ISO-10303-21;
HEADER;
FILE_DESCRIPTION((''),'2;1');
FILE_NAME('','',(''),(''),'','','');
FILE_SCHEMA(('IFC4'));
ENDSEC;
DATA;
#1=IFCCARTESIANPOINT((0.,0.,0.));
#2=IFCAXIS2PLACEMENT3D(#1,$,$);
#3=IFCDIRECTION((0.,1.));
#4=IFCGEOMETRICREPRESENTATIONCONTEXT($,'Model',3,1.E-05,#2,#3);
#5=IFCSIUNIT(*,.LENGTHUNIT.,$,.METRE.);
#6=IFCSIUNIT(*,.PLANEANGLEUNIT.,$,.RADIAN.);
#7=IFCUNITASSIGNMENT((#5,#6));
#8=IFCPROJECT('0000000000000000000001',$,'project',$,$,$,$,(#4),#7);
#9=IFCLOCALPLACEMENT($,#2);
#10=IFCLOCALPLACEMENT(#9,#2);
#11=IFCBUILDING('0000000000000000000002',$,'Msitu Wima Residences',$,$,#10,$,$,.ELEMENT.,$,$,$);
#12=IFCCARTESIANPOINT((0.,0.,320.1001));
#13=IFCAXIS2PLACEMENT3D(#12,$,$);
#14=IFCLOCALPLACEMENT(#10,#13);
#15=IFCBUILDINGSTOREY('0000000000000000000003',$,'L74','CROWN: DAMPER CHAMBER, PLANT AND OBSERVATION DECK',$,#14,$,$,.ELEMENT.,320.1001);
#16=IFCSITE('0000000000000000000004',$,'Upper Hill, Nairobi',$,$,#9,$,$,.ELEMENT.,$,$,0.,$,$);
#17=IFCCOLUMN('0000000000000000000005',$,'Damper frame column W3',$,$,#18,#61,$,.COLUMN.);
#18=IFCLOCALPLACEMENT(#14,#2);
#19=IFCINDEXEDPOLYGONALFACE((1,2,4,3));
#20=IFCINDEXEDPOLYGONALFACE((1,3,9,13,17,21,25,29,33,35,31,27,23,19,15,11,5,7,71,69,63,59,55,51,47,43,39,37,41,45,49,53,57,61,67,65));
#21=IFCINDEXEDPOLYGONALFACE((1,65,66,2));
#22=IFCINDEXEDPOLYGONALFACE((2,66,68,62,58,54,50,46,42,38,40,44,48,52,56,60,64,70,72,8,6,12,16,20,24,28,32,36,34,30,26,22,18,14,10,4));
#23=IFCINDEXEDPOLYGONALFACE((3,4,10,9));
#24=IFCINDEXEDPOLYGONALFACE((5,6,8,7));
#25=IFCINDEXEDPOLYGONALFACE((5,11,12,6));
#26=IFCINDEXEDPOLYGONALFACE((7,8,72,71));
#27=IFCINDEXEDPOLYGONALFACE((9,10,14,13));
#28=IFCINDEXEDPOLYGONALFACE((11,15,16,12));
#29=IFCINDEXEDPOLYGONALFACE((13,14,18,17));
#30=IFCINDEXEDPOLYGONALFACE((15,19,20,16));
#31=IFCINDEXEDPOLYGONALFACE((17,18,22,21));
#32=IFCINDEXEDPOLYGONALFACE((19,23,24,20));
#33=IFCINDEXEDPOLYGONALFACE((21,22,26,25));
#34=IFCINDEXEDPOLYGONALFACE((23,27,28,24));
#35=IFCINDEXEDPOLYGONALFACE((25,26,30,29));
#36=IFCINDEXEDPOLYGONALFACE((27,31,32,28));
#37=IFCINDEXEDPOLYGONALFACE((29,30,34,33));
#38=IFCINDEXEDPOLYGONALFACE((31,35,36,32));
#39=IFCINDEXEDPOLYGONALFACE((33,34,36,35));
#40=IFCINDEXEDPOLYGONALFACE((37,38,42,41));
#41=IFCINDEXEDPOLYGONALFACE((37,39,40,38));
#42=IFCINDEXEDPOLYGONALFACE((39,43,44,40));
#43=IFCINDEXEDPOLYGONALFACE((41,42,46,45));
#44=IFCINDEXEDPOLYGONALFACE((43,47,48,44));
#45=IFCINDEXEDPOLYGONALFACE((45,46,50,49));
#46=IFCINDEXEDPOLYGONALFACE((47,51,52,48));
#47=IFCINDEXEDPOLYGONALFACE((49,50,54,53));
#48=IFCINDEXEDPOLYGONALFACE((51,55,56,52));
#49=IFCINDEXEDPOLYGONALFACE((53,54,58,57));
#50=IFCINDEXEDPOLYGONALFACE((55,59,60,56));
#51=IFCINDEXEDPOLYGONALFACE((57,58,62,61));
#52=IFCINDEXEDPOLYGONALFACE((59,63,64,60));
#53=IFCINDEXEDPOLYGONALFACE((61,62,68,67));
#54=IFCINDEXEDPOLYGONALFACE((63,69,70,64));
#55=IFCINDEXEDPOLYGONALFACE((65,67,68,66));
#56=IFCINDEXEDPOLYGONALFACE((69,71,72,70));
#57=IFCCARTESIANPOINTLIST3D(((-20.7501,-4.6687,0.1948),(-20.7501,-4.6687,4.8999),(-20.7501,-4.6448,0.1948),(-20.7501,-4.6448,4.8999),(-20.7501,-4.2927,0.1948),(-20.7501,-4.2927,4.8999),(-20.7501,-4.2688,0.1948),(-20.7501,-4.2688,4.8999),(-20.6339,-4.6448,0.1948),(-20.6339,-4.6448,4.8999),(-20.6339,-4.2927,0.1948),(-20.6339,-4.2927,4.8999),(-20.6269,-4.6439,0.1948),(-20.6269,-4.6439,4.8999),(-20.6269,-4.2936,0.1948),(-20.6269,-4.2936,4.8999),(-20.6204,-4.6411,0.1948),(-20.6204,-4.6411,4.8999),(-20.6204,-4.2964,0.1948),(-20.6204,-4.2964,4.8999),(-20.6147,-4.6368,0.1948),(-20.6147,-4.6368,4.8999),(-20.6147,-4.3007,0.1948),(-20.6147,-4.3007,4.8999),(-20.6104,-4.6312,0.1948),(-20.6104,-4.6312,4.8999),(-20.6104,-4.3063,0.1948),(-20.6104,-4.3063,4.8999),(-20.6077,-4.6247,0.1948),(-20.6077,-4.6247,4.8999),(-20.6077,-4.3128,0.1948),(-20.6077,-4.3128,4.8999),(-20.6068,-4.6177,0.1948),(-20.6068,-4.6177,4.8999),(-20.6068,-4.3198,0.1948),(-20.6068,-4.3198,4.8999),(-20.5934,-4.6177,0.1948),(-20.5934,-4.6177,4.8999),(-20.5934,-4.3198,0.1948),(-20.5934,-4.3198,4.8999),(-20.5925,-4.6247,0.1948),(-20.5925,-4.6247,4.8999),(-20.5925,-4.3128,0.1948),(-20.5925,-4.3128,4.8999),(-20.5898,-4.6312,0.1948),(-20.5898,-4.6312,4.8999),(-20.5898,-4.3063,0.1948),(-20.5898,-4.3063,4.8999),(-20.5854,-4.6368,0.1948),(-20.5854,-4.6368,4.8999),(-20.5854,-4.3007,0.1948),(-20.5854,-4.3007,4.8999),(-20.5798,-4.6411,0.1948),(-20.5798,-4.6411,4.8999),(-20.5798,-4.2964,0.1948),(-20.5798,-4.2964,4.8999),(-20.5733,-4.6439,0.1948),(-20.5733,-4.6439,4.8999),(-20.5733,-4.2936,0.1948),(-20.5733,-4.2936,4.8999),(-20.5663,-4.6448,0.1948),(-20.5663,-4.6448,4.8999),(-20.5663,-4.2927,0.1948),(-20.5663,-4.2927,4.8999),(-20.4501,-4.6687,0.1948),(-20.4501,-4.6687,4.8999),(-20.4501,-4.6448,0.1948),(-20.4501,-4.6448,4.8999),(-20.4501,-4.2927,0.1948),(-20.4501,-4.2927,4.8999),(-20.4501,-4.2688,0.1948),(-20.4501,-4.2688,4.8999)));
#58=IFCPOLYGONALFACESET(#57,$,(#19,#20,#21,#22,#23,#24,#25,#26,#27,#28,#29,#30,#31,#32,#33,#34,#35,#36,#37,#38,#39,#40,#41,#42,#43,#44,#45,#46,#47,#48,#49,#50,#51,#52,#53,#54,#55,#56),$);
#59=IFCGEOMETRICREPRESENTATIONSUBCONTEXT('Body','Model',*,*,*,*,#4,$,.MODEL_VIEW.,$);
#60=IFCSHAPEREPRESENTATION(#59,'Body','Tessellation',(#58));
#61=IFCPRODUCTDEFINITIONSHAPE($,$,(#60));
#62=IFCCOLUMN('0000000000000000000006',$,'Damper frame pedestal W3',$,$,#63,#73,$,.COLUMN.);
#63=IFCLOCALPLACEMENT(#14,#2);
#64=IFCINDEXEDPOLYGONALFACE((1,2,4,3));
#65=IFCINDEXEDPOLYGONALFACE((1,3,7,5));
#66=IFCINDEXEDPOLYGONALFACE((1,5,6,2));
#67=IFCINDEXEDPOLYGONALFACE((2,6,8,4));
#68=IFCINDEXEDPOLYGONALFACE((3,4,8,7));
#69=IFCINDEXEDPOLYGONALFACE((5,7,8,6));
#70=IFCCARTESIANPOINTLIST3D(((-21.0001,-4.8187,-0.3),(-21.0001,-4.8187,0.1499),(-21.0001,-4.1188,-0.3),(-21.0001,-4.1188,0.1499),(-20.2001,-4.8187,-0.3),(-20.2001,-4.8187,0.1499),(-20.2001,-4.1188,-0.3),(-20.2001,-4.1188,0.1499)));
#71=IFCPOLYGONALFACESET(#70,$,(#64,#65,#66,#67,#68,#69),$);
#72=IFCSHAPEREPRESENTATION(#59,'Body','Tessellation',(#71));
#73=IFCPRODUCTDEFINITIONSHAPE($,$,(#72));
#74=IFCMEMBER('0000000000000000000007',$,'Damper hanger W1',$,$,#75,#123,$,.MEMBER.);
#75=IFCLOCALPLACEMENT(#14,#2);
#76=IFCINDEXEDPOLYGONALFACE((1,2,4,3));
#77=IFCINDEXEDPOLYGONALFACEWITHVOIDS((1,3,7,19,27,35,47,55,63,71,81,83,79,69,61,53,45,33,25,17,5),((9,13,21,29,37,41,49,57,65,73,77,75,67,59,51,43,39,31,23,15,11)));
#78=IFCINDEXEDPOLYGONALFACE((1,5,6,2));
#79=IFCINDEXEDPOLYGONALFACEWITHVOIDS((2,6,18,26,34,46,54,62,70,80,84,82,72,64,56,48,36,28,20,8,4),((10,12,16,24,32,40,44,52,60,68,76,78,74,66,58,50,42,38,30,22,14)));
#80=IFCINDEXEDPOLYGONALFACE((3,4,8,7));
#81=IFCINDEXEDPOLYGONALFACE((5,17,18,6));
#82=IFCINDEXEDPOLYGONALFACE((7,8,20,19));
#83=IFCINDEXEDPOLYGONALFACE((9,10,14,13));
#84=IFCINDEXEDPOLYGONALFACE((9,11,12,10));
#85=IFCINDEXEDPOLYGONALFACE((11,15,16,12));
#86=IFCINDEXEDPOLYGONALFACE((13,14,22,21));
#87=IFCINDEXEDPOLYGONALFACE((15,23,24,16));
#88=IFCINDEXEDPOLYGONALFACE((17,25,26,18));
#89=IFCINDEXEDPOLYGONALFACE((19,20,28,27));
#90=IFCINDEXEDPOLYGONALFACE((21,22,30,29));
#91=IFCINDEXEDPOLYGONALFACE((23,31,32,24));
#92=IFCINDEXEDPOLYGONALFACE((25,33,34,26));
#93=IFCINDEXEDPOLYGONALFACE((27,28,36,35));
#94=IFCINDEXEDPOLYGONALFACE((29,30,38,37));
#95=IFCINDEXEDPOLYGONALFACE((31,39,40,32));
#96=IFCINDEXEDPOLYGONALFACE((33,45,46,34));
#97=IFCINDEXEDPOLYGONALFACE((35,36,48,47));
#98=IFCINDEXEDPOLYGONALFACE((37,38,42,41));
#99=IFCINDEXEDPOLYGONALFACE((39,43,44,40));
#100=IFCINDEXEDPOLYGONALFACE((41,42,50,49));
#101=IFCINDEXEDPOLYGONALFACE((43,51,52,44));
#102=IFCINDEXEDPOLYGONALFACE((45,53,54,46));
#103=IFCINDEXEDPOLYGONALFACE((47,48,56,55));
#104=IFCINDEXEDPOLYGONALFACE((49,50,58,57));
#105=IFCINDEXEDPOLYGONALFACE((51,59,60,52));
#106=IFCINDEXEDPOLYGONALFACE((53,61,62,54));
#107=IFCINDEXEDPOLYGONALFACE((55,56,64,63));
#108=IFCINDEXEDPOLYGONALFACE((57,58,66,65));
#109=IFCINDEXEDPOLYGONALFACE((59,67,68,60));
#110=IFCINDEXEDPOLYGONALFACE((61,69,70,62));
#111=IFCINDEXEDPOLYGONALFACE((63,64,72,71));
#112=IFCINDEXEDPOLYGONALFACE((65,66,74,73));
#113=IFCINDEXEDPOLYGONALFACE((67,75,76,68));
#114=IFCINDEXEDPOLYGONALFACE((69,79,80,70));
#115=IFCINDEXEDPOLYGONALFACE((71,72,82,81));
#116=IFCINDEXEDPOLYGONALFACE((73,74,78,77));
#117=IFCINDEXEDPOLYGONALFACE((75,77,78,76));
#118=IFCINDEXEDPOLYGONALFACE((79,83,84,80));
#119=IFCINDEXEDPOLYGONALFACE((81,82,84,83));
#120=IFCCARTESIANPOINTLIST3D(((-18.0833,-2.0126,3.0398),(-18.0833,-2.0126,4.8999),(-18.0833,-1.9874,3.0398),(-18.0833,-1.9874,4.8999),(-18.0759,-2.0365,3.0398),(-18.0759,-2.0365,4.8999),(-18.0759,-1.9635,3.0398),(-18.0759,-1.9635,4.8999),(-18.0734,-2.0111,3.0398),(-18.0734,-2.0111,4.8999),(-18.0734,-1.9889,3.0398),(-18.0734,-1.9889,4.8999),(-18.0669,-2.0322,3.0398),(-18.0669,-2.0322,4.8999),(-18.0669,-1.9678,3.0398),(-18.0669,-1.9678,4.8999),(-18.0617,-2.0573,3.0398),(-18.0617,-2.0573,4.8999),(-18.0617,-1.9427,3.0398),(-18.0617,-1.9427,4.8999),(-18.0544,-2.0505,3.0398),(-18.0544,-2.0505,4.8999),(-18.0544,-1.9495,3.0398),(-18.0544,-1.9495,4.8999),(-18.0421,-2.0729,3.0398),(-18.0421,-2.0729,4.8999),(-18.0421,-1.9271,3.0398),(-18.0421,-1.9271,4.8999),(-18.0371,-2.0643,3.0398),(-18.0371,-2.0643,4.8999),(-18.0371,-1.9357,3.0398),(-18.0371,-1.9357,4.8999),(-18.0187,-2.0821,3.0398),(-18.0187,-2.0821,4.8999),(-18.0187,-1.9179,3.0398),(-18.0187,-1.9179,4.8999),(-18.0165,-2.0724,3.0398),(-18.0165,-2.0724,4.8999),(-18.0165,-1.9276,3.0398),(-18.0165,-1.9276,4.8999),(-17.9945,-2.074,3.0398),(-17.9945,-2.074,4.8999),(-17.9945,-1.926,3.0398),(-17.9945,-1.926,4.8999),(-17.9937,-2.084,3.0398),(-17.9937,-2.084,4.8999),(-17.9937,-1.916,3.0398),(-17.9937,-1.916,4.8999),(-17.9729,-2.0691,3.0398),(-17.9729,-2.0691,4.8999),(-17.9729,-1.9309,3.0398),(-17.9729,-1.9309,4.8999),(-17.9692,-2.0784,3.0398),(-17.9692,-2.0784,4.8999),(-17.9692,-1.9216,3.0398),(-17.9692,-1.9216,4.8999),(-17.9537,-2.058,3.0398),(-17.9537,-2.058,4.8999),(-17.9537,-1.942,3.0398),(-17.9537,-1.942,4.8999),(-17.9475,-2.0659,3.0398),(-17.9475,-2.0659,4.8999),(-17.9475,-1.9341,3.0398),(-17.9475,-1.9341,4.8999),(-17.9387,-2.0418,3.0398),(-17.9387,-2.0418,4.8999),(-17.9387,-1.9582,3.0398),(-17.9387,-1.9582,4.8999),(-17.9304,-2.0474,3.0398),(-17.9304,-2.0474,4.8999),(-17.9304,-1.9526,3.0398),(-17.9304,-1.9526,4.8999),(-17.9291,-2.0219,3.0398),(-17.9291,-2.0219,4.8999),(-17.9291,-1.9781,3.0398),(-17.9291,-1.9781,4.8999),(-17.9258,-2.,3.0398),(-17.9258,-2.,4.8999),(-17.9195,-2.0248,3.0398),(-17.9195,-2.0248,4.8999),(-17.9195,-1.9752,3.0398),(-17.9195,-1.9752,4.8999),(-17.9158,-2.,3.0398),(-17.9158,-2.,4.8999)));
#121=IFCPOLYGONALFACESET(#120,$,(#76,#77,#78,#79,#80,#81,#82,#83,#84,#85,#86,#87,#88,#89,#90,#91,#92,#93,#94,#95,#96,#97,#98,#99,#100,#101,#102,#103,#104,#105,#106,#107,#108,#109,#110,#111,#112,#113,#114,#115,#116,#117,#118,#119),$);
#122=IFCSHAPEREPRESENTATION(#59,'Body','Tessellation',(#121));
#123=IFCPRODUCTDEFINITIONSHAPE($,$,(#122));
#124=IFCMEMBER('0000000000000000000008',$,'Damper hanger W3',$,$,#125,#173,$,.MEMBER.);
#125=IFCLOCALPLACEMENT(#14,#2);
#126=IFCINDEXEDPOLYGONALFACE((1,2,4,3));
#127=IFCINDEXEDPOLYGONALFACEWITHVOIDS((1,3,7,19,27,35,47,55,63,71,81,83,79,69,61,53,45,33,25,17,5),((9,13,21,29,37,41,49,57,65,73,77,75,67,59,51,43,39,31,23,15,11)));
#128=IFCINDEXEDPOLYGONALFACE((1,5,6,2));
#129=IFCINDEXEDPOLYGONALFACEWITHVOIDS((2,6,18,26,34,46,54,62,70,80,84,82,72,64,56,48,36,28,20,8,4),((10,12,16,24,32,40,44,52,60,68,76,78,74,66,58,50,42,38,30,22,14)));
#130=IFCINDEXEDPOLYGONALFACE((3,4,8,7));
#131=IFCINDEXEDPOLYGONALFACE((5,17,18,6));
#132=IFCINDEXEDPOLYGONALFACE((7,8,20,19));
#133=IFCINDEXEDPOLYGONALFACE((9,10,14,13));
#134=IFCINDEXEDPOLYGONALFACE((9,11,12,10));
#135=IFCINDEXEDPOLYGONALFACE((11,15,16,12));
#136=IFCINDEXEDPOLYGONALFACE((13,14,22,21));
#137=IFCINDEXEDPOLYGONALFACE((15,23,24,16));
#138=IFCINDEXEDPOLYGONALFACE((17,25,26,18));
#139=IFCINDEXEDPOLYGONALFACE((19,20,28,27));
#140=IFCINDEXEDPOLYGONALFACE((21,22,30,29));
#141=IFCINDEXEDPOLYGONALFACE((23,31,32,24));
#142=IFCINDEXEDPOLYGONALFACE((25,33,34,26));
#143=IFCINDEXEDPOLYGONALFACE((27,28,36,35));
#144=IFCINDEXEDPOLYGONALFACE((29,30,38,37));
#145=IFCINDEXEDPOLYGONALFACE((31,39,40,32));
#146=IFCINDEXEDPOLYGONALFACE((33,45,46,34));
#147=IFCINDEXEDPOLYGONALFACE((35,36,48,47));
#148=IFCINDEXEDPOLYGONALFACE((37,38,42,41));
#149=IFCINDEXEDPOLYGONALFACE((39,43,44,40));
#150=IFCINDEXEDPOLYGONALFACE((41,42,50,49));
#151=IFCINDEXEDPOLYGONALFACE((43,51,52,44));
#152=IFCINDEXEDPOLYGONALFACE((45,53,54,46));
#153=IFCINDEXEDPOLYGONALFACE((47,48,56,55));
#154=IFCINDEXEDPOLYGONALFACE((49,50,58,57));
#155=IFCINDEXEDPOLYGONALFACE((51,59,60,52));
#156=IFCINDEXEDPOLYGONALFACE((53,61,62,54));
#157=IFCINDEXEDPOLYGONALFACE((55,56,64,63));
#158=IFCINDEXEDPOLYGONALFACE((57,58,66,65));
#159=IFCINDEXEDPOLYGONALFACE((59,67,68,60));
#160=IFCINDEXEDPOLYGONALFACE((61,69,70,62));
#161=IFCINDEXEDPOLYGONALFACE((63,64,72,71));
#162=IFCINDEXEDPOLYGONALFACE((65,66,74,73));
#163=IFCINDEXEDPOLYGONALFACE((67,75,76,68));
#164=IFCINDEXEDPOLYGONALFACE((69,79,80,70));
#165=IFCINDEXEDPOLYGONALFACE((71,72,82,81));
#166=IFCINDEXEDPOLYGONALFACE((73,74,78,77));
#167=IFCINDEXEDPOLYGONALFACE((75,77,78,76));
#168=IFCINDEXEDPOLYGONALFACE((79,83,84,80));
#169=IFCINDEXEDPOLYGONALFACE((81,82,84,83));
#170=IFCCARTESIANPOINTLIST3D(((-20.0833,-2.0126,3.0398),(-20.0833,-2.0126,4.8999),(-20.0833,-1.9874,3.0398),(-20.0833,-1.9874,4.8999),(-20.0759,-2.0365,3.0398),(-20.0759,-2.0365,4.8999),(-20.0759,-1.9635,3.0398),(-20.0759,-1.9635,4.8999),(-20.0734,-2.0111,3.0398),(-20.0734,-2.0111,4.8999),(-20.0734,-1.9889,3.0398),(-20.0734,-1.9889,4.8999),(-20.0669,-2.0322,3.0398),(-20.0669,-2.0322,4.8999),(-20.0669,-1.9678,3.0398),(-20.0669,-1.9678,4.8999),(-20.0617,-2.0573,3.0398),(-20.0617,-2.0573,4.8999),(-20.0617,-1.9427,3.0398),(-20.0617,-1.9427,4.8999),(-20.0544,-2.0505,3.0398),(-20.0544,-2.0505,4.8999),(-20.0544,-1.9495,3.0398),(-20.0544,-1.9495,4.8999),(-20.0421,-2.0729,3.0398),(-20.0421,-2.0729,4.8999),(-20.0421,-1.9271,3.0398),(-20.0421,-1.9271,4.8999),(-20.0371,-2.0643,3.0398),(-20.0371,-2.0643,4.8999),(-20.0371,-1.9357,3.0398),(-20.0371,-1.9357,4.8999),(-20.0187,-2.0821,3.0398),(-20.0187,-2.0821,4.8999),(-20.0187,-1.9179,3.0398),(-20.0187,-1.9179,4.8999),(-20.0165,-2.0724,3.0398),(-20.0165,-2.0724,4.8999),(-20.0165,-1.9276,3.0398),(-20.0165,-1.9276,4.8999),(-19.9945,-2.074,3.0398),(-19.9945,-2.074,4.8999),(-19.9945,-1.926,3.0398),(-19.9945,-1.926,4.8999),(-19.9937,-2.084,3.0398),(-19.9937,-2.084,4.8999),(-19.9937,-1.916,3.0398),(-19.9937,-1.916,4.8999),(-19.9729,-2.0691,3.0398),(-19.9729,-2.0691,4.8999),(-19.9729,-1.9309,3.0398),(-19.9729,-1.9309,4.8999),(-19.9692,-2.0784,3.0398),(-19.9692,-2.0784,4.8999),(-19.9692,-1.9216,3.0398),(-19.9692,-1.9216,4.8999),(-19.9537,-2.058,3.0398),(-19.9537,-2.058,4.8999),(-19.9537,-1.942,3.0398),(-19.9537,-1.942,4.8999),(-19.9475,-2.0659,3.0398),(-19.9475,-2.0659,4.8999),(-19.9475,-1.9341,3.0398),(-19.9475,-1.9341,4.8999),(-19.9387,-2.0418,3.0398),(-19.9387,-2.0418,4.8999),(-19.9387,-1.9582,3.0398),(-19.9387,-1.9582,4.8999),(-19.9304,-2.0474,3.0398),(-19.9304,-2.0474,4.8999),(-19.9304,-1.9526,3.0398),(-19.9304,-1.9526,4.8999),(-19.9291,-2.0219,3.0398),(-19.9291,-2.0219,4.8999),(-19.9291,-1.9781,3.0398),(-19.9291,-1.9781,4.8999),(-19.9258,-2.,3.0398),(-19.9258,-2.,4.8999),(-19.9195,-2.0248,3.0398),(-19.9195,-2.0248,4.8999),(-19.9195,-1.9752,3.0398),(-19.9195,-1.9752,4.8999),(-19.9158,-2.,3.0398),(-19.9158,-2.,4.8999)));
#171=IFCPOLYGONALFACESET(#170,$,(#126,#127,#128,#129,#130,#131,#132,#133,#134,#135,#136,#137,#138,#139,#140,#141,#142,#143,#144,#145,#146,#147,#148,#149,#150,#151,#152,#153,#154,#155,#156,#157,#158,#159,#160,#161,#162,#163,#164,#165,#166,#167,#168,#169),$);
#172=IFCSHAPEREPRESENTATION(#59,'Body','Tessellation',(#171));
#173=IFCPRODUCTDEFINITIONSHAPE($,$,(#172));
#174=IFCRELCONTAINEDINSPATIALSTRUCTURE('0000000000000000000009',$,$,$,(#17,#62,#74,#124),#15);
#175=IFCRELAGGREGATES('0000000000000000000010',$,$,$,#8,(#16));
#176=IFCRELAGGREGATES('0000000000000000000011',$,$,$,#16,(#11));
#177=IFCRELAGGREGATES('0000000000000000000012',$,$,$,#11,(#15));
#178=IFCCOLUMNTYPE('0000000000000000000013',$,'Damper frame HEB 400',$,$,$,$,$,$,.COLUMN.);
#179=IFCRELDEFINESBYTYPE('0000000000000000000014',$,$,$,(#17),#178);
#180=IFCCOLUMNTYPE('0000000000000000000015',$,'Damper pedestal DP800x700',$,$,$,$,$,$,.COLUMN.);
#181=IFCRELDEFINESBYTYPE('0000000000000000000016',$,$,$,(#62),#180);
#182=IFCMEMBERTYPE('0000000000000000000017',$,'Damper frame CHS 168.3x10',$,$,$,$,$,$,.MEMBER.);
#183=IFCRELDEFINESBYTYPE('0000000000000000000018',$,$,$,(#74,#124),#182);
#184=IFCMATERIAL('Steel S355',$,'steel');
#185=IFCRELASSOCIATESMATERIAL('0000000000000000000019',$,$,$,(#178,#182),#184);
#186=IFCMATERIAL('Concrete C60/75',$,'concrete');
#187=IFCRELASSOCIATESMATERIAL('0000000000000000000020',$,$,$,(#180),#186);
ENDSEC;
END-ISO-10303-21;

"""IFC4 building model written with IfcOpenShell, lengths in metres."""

from ifc_helpers import new_model, si_unit, direction, frame, origin, origin_2d, place, context, subcontext, project, spatial, rectangle, hollow_circle, i_section, extrude, material, material_profile, profile_set, type_object, element, save


model = new_model("IFC4")

# Units and contexts
model_context = context("Model", 3, precision=1e-05, world=origin(), true_north=direction((0.0, 1.0)))
body_context = subcontext(model_context, "Body", "Model", "MODEL_VIEW")
ifc_project = project(units=[si_unit("LENGTHUNIT", "METRE"), si_unit("PLANEANGLEUNIT", "RADIAN")], contexts=[model_context])

# Site, building, storey
site_placement = place(None, origin())
site = spatial("IfcSite", under=ifc_project, at=site_placement, Name="Upper Hill, Nairobi", CompositionType="ELEMENT", RefElevation=0.0)
building_placement = place(site_placement, origin())
building = spatial("IfcBuilding", under=site, at=building_placement, Name="Msitu Wima Residences", CompositionType="ELEMENT")
storey_placement = place(building_placement, frame((0.0, 0.0, 320.1001)))
storey = spatial("IfcBuildingStorey", under=building, at=storey_placement, Name="L74", Description="CROWN: DAMPER CHAMBER, PLANT AND OBSERVATION DECK", CompositionType="ELEMENT", Elevation=320.1001)

# Columns
ifc_material_1 = material(Name="Steel S355", Category="steel")
ifc_material_profile_1 = material_profile(ifc_material_1, i_section(OverallWidth=0.3, OverallDepth=0.3999, WebThickness=0.0134, FlangeThickness=0.0239, FilletRadius=0.0271, at=origin_2d()), Name="HEB 400")
ifc_profile_set_1 = profile_set([ifc_material_profile_1], Name="Steel S355")
column_type_1 = type_object("IfcColumnType", Name="Damper frame HEB 400", PredefinedType="COLUMN", material=ifc_profile_set_1)
column_1_placement = place(storey_placement, frame((-20.6001, -4.4688, 0.1948), z_axis=(0.0, 0.0, 1.0), x_axis=(1.0, 0.0, 0.0)))
element("IfcColumn", 1, at=column_1_placement, inside=storey, type_object=column_type_1, Name="Damper frame column W3", PredefinedType="COLUMN", context=body_context, shape_type="SweptSolid", body=[
    extrude(i_section(OverallWidth=0.3, OverallDepth=0.3999, WebThickness=0.0134, FlangeThickness=0.0239, FilletRadius=0.0271, at=origin_2d()), origin(), (0.0, 0.0, 1.0), 4.7051),
])
ifc_material_2 = material(Name="Concrete C60/75", Category="concrete")
ifc_material_profile_2 = material_profile(ifc_material_2, rectangle(XDim=0.8, YDim=0.7, at=origin_2d()), Name="RC 800x700")
ifc_profile_set_2 = profile_set([ifc_material_profile_2], Name="Concrete C60/75")
column_type_2 = type_object("IfcColumnType", Name="Damper pedestal DP800x700", PredefinedType="COLUMN", material=ifc_profile_set_2)
column_2_placement = place(storey_placement, frame((-20.6001, -4.4688, -0.3), z_axis=(0.0, 0.0, 1.0), x_axis=(1.0, 0.0, 0.0)))
element("IfcColumn", 2, at=column_2_placement, inside=storey, type_object=column_type_2, Name="Damper frame pedestal W3", PredefinedType="COLUMN", context=body_context, shape_type="SweptSolid", body=[
    extrude(rectangle(XDim=0.8, YDim=0.7, at=origin_2d()), origin(), (0.0, 0.0, 1.0), 0.45),
])

# Members
ifc_material_profile_3 = material_profile(ifc_material_1, hollow_circle(Radius=0.0842, WallThickness=0.01, at=origin_2d()), Name="CHS 168.3x10")
ifc_profile_set_3 = profile_set([ifc_material_profile_3], Name="Steel S355")
member_type_1 = type_object("IfcMemberType", Name="Damper frame CHS 168.3x10", PredefinedType="MEMBER", material=ifc_profile_set_3)
for number, where, z_axis, x_axis, name in (
    (3, (-18.0, -2.0, 3.0398), (0.0, 0.0, 1.0), (1.0, 0.0, 0.0), "Damper hanger W1"),
    (4, (-20.0, -2.0, 3.0398), (0.0, 0.0, 1.0), (1.0, 0.0, 0.0), "Damper hanger W3"),
):
    element("IfcMember", number, at=place(storey_placement, frame(where, z_axis=z_axis, x_axis=x_axis)), inside=storey, type_object=member_type_1, Name=name, PredefinedType="MEMBER", context=body_context, shape_type="SweptSolid", body=[
        extrude(hollow_circle(Radius=0.0842, WallThickness=0.01, at=origin_2d()), origin(), (0.0, 0.0, 1.0), 1.8601),
    ])

save(model, "model.ifc")
